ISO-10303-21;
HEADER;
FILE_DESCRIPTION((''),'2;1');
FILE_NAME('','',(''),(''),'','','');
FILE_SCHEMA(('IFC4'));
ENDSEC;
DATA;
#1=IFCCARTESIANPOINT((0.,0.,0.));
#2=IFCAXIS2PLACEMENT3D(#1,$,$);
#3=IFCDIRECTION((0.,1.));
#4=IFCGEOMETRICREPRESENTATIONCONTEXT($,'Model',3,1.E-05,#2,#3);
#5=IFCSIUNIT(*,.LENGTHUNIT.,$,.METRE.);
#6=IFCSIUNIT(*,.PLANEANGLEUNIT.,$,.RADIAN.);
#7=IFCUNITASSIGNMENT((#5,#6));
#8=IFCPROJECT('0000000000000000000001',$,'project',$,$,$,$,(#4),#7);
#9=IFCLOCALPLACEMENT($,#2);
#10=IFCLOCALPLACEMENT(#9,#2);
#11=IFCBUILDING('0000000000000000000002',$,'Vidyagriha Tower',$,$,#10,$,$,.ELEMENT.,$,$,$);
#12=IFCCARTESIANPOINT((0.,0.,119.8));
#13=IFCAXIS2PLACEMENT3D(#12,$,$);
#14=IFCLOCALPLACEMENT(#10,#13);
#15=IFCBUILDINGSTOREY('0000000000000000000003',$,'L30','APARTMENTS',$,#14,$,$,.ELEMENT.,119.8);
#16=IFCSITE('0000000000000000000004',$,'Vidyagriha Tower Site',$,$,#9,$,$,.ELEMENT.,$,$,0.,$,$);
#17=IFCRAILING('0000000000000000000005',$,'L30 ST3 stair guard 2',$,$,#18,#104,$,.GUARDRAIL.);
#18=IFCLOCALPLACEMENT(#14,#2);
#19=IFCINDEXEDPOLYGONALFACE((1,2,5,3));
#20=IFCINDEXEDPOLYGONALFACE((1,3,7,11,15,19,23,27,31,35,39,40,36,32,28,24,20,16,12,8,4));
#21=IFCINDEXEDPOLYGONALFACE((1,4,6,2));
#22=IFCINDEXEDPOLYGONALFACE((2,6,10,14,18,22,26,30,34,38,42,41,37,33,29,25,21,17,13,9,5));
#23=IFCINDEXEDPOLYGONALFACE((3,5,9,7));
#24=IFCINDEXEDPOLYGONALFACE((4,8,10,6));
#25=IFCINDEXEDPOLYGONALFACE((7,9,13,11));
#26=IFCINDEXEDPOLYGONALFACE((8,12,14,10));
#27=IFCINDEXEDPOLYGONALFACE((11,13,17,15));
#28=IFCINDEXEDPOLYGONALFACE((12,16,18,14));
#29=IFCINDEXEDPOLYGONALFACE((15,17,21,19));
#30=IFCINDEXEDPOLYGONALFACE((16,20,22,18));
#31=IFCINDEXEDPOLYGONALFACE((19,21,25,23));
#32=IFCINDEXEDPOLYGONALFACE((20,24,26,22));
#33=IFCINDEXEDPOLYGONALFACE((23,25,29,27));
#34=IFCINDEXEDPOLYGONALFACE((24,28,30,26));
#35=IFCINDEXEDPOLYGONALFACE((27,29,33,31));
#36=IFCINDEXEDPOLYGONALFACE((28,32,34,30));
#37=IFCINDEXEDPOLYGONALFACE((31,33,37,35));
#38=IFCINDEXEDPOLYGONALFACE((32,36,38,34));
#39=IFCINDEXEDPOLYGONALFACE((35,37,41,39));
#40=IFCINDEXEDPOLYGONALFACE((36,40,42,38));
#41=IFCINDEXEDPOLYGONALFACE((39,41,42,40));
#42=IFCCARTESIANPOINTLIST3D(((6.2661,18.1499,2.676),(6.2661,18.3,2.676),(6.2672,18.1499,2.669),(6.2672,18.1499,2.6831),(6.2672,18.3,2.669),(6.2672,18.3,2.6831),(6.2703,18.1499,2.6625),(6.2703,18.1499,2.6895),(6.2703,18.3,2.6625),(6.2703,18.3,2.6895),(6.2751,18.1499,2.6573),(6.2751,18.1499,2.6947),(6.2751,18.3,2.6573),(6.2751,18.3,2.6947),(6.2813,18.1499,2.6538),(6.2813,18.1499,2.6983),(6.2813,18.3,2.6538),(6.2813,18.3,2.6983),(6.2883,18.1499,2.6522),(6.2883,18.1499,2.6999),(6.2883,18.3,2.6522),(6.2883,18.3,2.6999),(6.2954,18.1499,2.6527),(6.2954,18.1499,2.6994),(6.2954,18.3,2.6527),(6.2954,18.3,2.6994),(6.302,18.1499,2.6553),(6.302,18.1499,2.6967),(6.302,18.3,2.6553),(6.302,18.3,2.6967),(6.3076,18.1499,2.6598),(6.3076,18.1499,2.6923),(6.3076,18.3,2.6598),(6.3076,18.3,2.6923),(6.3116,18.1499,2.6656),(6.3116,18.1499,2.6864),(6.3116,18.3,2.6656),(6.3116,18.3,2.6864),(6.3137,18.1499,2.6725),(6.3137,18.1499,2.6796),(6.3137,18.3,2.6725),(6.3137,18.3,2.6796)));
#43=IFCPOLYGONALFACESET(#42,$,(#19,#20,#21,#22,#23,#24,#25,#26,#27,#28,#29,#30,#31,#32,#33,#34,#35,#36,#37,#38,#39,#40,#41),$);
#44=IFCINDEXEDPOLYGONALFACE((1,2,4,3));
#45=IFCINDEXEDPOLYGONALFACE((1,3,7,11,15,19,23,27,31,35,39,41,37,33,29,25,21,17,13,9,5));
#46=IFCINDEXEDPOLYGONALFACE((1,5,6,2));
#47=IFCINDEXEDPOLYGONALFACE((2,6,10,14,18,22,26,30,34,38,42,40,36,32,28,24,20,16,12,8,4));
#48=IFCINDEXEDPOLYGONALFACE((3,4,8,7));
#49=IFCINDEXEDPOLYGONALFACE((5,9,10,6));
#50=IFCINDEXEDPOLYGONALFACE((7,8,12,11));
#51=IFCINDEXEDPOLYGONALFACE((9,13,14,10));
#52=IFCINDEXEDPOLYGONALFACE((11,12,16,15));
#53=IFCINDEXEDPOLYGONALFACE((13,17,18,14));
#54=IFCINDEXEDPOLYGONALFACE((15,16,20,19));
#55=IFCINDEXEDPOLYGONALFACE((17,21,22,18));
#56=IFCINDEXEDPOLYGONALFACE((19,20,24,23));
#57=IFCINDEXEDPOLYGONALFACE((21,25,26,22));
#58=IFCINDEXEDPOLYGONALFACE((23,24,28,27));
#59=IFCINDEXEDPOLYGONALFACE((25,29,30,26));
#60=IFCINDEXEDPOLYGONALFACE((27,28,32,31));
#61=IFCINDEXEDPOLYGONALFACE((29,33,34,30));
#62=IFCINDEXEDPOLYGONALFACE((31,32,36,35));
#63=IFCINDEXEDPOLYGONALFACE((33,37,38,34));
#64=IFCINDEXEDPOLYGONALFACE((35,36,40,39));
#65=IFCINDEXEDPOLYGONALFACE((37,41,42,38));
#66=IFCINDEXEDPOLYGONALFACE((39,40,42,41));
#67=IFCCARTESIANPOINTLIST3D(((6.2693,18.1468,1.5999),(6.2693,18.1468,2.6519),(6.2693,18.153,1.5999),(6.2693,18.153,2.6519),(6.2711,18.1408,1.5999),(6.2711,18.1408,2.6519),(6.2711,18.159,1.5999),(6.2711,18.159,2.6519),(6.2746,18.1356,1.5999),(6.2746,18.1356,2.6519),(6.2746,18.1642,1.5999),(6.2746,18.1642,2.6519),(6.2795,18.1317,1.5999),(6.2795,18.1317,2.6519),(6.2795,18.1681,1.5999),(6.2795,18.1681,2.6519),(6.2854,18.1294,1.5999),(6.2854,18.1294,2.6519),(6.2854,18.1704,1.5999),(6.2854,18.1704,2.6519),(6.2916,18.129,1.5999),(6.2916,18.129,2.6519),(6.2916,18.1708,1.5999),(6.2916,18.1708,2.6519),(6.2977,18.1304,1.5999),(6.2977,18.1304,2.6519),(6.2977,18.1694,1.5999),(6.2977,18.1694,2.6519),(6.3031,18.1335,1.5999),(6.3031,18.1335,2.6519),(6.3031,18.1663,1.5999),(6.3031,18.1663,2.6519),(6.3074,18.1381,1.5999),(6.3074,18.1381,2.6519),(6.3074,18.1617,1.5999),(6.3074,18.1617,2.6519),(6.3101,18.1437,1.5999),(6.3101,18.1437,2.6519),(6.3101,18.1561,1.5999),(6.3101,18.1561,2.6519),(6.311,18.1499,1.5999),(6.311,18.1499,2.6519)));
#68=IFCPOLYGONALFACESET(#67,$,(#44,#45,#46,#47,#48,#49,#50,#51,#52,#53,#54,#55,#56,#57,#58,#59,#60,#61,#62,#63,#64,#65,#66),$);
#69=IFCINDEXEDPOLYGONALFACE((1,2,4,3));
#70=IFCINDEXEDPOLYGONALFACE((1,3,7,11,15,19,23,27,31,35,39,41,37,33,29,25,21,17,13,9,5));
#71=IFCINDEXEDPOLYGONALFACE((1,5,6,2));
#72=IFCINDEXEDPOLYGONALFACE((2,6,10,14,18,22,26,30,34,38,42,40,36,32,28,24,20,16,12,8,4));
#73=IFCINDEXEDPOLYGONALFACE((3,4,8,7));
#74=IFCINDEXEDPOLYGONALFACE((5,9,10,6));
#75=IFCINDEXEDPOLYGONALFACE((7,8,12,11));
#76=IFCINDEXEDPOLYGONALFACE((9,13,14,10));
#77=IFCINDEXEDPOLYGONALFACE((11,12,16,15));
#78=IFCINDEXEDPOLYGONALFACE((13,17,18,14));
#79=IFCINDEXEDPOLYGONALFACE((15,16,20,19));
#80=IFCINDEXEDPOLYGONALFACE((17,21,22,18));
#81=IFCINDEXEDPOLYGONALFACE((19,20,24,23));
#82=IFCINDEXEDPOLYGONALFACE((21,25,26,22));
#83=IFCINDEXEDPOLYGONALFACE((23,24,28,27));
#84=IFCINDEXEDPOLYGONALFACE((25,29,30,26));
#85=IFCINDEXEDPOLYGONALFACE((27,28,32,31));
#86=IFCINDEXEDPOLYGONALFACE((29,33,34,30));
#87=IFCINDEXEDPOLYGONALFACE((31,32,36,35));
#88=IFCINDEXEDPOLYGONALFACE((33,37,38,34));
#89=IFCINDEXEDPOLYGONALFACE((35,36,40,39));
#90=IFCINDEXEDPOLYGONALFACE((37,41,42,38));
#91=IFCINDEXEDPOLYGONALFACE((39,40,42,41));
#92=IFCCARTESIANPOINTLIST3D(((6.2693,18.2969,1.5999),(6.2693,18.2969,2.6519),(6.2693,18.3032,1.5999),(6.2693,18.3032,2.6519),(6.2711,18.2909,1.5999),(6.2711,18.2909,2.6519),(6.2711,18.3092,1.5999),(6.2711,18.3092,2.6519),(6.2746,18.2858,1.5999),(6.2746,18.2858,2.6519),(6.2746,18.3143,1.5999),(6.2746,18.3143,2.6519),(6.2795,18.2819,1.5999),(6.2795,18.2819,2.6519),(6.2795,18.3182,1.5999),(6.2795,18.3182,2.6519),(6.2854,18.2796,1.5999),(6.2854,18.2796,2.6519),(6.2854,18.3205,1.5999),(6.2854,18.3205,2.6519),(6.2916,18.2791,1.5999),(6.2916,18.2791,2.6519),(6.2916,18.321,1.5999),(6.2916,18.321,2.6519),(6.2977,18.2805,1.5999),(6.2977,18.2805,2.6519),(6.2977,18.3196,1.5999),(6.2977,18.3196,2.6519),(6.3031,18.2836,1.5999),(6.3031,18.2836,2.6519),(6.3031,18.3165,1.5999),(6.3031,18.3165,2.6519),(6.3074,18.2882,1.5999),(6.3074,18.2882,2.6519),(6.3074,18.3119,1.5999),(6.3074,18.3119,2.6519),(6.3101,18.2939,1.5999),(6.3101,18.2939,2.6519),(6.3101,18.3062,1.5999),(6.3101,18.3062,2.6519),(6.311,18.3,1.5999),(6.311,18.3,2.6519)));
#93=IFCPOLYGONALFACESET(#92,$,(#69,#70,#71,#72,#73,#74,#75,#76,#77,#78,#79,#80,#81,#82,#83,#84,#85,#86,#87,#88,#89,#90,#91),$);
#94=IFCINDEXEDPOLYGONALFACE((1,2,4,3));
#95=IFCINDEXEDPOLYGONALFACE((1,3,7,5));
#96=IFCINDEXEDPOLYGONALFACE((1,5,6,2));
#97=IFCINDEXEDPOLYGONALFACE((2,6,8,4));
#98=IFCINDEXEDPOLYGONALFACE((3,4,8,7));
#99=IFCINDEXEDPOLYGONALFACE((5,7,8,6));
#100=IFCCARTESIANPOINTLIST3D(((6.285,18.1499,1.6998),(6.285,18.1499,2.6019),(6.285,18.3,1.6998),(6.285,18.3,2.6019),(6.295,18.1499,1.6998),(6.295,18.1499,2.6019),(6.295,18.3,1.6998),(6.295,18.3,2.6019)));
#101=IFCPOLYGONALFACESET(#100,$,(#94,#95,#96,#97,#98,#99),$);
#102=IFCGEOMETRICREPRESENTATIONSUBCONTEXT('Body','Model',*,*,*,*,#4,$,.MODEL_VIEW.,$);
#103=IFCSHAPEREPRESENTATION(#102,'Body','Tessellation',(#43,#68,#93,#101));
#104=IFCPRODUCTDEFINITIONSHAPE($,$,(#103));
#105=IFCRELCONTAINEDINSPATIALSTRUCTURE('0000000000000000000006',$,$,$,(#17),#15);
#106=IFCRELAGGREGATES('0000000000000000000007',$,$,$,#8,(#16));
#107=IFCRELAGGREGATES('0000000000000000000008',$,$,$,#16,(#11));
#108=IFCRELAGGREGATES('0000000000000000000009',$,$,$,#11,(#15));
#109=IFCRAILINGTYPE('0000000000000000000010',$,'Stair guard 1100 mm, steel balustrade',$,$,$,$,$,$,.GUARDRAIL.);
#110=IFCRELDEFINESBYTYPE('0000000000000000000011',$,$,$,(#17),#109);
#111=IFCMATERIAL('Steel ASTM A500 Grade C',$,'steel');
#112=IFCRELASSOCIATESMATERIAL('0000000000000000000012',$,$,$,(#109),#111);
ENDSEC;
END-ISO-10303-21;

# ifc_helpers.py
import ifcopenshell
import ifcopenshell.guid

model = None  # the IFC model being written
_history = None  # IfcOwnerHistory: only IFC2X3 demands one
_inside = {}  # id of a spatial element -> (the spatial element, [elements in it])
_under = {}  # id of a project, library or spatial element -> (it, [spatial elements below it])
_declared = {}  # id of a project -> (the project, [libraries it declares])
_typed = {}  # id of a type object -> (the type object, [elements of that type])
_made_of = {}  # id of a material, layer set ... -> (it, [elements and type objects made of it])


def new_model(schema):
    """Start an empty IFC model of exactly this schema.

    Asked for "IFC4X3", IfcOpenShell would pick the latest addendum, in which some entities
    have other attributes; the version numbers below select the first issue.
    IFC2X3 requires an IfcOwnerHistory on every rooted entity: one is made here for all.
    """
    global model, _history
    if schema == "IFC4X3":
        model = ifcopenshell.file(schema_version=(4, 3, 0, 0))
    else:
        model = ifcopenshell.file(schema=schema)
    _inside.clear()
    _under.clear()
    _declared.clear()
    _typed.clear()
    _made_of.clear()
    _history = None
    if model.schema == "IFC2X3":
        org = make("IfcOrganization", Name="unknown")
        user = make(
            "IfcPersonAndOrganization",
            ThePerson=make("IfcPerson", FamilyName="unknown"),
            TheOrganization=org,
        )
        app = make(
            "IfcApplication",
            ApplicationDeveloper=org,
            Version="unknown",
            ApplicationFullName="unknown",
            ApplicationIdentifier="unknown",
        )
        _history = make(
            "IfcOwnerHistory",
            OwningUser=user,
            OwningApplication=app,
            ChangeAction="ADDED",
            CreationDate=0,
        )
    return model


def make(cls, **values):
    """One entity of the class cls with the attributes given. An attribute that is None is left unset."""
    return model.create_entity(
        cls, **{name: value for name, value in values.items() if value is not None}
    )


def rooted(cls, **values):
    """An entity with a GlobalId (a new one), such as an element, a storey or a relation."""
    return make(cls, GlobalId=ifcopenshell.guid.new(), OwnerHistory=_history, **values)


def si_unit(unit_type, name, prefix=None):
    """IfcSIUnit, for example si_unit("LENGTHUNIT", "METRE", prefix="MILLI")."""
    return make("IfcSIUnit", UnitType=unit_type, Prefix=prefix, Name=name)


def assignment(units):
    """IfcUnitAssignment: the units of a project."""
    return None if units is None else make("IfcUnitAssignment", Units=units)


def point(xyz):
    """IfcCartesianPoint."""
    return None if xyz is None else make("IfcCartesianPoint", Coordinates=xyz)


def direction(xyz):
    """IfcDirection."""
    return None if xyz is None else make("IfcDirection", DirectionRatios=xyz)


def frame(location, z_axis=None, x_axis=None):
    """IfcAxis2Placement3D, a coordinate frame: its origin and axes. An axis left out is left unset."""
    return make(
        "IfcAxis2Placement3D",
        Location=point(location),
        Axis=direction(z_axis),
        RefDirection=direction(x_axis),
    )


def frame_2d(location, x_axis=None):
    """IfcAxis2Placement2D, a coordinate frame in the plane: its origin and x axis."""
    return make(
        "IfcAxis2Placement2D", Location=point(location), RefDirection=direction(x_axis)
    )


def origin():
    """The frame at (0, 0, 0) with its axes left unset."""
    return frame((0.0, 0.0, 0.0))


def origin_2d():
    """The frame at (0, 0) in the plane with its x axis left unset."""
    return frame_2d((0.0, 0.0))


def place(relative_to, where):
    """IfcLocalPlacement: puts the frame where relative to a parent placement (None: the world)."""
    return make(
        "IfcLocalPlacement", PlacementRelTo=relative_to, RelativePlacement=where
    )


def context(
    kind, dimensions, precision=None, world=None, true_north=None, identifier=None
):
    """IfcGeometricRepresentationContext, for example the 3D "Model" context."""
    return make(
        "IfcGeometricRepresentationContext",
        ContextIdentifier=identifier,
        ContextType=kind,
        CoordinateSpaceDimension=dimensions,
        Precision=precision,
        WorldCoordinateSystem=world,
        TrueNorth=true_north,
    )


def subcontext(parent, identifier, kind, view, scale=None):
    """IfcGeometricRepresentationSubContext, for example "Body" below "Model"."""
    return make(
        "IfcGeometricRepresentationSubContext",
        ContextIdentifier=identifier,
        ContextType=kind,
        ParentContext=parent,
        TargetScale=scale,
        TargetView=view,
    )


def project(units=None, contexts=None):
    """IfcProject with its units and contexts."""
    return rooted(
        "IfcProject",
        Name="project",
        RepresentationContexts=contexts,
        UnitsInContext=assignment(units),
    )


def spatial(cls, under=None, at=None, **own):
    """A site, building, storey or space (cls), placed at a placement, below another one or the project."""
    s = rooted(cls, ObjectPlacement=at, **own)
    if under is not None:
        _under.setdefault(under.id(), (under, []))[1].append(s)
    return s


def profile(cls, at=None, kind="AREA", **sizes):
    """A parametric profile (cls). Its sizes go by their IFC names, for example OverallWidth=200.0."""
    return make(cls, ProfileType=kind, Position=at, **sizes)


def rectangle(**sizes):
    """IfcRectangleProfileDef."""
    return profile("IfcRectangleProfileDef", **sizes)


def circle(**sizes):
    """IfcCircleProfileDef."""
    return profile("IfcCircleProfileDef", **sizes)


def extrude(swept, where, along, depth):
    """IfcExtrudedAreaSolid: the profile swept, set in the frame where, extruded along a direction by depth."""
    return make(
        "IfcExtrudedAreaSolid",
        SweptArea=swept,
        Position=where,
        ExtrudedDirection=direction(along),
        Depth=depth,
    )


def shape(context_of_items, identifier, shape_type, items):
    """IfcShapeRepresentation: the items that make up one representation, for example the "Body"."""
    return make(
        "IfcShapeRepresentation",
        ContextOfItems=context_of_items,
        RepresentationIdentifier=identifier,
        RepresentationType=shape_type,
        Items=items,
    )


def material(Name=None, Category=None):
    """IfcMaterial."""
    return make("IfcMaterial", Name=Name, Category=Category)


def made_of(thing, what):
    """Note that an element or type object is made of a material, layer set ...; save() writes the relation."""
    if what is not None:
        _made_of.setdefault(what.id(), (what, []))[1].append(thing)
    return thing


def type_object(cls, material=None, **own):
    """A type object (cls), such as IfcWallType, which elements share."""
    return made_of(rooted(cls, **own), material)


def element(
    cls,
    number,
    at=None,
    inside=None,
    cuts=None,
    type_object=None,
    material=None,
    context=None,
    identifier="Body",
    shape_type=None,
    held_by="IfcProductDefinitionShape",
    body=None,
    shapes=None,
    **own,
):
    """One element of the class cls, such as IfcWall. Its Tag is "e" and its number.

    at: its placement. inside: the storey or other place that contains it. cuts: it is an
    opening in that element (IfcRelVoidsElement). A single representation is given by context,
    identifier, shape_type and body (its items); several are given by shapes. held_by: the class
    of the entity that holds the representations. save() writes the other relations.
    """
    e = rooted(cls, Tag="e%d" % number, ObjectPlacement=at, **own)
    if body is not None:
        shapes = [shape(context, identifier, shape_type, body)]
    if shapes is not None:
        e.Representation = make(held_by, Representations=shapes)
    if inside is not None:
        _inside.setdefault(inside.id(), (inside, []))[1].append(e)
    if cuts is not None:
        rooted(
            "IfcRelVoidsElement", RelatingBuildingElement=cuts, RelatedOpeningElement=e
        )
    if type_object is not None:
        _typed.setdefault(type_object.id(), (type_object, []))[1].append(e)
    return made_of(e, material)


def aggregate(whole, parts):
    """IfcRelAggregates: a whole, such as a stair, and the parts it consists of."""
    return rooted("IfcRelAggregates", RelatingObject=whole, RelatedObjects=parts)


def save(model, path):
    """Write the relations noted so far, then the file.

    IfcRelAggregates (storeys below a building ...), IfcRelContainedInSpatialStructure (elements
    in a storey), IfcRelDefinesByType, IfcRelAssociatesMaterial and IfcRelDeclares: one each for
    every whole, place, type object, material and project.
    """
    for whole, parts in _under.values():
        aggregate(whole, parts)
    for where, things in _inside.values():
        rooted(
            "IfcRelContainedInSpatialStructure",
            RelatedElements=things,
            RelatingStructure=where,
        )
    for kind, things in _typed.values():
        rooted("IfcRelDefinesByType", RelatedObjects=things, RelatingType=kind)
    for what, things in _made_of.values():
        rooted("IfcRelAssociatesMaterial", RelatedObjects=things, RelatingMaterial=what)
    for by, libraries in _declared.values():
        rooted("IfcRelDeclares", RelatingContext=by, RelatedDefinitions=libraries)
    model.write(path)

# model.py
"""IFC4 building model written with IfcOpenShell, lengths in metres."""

from ifc_helpers import new_model, si_unit, direction, frame, origin, origin_2d, place, context, subcontext, project, spatial, rectangle, circle, extrude, material, type_object, element, save


model = new_model("IFC4")

# Units and contexts
model_context = context("Model", 3, precision=1e-05, world=origin(), true_north=direction((0.0, 1.0)))
body_context = subcontext(model_context, "Body", "Model", "MODEL_VIEW")
ifc_project = project(units=[si_unit("LENGTHUNIT", "METRE"), si_unit("PLANEANGLEUNIT", "RADIAN")], contexts=[model_context])

# Site, building, storey
site_placement = place(None, origin())
site = spatial("IfcSite", under=ifc_project, at=site_placement, Name="Vidyagriha Tower Site", CompositionType="ELEMENT", RefElevation=0.0)
building_placement = place(site_placement, origin())
building = spatial("IfcBuilding", under=site, at=building_placement, Name="Vidyagriha Tower", CompositionType="ELEMENT")
storey_placement = place(building_placement, frame((0.0, 0.0, 119.8)))
storey = spatial("IfcBuildingStorey", under=building, at=storey_placement, Name="L30", Description="APARTMENTS", CompositionType="ELEMENT", Elevation=119.8)

# Railing
ifc_material_1 = material(Name="Steel ASTM A500 Grade C", Category="steel")
railing_type_1 = type_object("IfcRailingType", Name="Stair guard 1100 mm, steel balustrade", PredefinedType="GUARDRAIL", material=ifc_material_1)
railing_1_placement = place(storey_placement, frame((6.29, 18.1499, 1.5999)))
element("IfcRailing", 1, at=railing_1_placement, inside=storey, type_object=railing_type_1, Name="L30 ST3 stair guard 2", PredefinedType="GUARDRAIL", context=body_context, shape_type="SweptSolid", body=[
    extrude(circle(Radius=0.0239, at=origin_2d()), frame((0.0, 0.0, 1.0762), z_axis=(0.0, 1.0, 0.0), x_axis=(-1.0, 0.0, 0.0)), (0.0, 0.0, 1.0), 0.1501),
    extrude(circle(Radius=0.021, at=origin_2d()), origin(), (0.0, 0.0, 1.0), 1.052),
    extrude(circle(Radius=0.021, at=origin_2d()), frame((0.0, 0.1501, 0.0)), (0.0, 0.0, 1.0), 1.052),
    extrude(rectangle(XDim=0.01, YDim=0.9021, at=origin_2d()), frame((0.0, 0.0, 0.551), z_axis=(0.0, 1.0, 0.0), x_axis=(-1.0, 0.0, 0.0)), (0.0, 0.0, 1.0), 0.1501),
])

save(model, "model.ifc")
